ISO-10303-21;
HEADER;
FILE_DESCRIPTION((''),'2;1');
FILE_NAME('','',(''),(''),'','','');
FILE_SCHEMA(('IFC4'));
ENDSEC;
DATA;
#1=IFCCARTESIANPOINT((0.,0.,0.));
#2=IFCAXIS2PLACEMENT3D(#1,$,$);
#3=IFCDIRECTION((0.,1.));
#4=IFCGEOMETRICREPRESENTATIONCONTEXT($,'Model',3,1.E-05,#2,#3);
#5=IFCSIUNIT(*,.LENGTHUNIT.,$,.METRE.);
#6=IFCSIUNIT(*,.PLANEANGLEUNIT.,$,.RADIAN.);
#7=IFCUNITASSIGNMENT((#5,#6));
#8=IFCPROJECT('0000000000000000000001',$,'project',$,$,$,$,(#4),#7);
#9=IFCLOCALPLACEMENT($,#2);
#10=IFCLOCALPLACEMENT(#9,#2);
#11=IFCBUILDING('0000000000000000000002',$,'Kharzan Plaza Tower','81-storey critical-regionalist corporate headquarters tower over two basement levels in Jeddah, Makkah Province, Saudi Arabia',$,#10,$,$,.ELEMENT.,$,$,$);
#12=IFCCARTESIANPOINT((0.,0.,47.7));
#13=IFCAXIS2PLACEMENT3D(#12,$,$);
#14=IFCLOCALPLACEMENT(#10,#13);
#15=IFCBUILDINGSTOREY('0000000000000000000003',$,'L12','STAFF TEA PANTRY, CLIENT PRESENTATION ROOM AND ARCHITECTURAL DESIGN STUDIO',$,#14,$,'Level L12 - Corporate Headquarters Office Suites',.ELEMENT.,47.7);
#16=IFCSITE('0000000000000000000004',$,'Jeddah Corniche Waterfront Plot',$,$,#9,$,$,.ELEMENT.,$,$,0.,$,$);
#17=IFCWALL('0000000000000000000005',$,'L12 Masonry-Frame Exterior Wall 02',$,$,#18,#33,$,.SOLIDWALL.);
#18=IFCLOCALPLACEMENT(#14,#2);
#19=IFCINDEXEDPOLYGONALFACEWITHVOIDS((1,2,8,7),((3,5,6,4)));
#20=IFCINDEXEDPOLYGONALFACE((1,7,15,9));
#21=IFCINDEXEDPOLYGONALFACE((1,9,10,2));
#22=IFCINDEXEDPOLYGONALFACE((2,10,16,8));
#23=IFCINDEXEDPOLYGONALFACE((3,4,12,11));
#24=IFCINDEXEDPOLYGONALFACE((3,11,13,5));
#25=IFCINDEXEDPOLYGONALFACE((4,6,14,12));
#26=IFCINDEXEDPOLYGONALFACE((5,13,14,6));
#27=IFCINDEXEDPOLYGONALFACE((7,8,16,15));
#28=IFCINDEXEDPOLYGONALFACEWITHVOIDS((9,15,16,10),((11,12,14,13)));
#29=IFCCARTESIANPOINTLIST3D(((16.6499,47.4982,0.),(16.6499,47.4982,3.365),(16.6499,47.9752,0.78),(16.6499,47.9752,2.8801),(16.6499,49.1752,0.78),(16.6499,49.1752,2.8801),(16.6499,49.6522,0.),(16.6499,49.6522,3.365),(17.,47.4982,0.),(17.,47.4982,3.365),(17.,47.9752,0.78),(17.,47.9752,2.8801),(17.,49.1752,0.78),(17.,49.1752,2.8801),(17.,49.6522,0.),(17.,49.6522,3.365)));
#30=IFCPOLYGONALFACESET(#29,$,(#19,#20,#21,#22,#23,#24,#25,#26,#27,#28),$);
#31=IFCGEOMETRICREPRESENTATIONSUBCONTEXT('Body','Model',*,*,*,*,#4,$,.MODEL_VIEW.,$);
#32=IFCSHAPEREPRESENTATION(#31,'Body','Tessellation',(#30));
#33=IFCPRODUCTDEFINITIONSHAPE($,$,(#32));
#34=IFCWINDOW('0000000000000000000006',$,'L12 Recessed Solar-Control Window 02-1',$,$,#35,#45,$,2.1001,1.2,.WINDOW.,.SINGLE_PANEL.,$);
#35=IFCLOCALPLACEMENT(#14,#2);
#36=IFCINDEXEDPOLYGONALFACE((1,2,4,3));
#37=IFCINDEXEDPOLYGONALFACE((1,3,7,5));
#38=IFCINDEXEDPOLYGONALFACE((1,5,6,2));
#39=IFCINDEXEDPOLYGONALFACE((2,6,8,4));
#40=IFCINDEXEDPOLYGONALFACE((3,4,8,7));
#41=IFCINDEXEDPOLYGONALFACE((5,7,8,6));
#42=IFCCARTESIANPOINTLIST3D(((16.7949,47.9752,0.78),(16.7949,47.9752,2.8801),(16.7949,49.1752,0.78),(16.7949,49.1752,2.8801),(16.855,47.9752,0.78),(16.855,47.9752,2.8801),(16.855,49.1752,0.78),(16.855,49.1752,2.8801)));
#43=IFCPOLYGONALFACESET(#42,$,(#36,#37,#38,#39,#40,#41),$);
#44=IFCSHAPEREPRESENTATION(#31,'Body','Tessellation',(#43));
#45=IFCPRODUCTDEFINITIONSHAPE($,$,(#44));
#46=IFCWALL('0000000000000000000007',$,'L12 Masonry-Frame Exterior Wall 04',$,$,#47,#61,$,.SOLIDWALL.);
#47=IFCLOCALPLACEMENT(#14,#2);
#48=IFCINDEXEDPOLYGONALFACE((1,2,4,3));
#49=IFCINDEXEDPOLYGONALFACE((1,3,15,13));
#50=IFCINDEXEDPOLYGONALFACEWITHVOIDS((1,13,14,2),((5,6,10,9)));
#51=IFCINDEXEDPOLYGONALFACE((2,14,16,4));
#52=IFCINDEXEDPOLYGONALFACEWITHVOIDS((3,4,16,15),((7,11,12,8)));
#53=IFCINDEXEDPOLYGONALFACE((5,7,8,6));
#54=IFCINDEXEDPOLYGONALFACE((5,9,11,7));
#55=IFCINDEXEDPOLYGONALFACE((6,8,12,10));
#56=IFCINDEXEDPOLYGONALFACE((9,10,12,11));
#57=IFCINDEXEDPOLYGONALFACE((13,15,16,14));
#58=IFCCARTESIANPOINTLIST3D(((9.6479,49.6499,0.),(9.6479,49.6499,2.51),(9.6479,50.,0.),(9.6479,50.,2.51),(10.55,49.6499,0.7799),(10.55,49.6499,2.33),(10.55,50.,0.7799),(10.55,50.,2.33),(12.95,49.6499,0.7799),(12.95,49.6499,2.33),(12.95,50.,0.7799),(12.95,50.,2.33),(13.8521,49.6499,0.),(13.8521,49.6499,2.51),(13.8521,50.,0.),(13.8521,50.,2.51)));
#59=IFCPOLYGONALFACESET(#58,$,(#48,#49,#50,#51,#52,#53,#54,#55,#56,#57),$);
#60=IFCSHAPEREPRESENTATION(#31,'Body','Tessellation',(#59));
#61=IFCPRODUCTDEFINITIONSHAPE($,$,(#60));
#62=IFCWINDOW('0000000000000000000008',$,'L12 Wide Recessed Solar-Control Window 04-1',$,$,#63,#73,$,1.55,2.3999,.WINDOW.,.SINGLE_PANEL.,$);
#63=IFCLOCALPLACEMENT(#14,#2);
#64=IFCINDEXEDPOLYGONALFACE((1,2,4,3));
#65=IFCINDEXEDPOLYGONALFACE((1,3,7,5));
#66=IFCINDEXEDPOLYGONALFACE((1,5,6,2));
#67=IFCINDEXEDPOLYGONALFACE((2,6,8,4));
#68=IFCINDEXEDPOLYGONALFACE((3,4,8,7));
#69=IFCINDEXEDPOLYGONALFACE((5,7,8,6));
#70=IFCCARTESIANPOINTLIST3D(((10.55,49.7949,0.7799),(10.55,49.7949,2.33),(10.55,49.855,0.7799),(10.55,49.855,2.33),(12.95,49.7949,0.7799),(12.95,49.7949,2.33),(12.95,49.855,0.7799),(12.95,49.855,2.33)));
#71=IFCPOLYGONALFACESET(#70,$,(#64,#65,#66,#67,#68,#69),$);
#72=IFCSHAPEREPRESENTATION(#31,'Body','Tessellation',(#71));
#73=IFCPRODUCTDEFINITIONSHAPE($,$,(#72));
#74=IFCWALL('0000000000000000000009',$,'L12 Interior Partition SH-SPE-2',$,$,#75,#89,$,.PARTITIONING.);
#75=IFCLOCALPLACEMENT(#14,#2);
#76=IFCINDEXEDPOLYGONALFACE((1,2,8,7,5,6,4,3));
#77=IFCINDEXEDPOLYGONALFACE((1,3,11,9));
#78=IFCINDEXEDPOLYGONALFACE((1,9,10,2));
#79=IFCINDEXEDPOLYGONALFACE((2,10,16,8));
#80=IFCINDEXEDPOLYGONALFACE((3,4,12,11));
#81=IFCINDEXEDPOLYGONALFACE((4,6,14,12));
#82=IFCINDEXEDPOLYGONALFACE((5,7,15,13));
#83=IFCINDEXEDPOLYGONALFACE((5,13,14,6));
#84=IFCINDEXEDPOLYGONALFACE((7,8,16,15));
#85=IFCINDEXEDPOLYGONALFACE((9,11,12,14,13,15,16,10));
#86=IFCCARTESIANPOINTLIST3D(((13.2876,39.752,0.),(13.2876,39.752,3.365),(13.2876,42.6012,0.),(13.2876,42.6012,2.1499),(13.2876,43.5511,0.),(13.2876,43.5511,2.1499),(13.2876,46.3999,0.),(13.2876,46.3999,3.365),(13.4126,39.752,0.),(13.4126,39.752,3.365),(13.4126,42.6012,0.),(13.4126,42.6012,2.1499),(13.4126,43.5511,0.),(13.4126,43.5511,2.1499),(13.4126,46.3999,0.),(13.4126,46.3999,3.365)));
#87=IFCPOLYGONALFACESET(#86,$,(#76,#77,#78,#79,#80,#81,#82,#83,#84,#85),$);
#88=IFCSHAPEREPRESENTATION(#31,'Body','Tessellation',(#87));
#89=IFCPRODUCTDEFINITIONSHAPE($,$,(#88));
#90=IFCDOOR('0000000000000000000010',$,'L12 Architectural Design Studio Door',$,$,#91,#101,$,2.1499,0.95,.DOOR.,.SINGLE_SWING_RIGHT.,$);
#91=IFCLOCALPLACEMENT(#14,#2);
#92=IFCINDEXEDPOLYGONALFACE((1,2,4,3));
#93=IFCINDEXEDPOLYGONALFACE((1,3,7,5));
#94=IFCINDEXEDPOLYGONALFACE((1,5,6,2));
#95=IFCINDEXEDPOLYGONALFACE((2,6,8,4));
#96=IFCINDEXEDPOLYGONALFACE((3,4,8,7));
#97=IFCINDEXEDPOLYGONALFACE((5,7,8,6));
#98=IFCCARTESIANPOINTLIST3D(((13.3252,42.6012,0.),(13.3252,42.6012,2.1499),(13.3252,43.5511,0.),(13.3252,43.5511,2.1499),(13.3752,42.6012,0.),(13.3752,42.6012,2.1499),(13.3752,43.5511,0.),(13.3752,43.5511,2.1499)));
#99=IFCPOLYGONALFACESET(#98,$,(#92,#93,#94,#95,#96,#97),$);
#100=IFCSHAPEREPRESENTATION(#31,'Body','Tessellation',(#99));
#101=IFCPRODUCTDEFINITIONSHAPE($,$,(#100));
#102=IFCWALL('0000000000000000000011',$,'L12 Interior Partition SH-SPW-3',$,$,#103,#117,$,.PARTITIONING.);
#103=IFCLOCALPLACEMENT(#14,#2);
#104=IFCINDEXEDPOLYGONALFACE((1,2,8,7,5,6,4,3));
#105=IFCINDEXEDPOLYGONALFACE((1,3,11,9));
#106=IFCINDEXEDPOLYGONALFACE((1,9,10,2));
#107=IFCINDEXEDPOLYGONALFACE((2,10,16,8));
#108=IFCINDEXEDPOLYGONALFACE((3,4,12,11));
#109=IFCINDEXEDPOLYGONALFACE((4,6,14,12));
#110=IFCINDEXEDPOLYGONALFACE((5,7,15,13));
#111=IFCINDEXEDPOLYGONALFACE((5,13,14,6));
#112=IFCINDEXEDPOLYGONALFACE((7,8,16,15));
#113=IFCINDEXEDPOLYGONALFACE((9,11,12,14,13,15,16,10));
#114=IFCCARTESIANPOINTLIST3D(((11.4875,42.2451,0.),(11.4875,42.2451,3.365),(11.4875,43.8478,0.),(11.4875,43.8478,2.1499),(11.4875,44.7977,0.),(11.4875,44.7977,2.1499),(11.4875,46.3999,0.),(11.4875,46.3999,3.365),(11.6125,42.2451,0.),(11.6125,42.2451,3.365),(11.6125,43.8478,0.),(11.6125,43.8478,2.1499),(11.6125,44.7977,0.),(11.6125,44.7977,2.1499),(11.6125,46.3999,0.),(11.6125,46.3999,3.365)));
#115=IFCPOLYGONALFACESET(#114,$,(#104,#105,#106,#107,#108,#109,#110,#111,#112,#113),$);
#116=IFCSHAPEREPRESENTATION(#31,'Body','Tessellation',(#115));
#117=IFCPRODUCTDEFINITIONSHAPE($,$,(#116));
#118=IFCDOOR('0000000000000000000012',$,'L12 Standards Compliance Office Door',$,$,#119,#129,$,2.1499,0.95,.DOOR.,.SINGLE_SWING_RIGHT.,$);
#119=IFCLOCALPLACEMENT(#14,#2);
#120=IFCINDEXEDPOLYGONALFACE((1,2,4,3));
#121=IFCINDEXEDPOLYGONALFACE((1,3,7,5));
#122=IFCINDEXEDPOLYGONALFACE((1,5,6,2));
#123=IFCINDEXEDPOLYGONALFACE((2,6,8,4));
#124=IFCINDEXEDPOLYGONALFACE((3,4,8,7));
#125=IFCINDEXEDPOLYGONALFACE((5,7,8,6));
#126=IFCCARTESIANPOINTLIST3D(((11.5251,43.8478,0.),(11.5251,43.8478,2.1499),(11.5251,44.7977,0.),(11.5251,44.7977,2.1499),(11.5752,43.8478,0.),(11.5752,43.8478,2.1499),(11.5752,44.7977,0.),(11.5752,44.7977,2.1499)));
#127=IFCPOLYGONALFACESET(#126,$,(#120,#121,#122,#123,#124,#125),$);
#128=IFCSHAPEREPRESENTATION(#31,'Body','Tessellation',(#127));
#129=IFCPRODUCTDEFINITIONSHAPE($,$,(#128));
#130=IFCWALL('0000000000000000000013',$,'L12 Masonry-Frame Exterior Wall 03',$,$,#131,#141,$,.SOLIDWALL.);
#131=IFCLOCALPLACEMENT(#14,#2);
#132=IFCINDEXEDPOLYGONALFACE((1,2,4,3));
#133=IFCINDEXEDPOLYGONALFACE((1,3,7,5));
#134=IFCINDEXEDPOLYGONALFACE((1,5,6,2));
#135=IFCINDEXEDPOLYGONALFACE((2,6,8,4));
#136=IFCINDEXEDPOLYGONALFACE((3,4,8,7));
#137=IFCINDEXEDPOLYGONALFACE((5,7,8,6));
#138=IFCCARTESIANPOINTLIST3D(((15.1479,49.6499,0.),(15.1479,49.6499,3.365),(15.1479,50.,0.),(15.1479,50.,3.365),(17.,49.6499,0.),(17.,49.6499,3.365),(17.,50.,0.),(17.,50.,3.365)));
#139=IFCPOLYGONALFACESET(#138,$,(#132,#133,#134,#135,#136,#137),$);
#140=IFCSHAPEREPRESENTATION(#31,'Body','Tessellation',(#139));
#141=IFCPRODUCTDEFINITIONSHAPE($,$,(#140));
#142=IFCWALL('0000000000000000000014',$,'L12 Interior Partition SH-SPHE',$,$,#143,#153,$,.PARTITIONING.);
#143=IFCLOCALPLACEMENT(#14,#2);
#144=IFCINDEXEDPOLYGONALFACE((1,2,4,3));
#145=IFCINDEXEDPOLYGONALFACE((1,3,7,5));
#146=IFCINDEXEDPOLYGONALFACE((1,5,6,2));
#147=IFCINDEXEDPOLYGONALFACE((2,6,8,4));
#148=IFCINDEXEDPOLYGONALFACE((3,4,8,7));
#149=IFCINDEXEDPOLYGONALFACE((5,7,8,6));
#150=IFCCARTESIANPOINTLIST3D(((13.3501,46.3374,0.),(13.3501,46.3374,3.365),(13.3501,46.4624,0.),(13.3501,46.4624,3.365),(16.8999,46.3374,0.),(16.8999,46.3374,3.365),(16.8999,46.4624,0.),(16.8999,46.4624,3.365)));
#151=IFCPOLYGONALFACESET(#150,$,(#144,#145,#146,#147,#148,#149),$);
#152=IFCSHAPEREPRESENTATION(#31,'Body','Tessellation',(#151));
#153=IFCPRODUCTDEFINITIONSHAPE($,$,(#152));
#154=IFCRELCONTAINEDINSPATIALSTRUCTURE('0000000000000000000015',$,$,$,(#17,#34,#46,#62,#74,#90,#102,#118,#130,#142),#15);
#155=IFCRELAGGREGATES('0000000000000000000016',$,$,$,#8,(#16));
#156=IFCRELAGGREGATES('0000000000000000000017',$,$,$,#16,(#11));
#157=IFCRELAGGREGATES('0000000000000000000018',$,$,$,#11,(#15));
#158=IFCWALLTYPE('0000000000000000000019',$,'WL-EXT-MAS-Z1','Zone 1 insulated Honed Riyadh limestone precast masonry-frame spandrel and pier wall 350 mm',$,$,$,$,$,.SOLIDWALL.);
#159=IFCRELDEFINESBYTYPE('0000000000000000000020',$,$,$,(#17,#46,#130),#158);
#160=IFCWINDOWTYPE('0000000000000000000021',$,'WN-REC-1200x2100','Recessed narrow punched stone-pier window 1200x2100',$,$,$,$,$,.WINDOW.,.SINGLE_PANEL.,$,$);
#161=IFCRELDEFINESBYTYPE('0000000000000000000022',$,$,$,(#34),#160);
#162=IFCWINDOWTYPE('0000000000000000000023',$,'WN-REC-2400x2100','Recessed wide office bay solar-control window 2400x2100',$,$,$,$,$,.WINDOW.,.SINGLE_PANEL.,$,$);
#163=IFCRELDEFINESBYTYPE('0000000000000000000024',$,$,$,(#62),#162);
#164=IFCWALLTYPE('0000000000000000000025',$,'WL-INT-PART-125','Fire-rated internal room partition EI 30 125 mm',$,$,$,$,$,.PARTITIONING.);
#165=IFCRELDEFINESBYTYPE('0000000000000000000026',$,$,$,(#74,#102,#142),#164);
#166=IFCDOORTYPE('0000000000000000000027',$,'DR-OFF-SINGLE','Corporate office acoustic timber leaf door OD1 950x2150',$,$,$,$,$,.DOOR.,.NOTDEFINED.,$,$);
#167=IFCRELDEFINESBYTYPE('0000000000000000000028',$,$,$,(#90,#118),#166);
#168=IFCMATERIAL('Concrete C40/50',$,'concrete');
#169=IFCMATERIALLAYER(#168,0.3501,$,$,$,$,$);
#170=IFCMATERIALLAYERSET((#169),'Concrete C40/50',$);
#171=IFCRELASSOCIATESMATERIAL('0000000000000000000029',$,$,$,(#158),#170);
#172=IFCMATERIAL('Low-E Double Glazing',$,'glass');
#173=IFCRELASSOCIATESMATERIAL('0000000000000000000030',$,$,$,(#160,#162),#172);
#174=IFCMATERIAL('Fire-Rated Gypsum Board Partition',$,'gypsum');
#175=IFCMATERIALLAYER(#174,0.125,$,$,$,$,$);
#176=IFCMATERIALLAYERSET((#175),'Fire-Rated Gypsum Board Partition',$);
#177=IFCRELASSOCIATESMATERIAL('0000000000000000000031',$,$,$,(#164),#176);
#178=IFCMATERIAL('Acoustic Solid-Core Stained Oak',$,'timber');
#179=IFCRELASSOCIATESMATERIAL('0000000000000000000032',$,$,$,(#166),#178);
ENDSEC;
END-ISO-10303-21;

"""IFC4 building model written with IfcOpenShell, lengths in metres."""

from ifc_helpers import new_model, si_unit, direction, frame, frame_2d, origin, place, context, subcontext, project, spatial, rectangle, extrude, source, transform, mapped, material, layer, layer_set, type_object, element, fill, save


model = new_model("IFC4")

# Units and contexts
model_context = context("Model", 3, precision=1e-05, world=origin(), true_north=direction((0.0, 1.0)))
body_context = subcontext(model_context, "Body", "Model", "MODEL_VIEW")
ifc_project = project(units=[si_unit("LENGTHUNIT", "METRE"), si_unit("PLANEANGLEUNIT", "RADIAN")], contexts=[model_context])

# Site, building, storey
site_placement = place(None, origin())
site = spatial("IfcSite", under=ifc_project, at=site_placement, Name="Jeddah Corniche Waterfront Plot", CompositionType="ELEMENT", RefElevation=0.0)
building_placement = place(site_placement, origin())
building = spatial("IfcBuilding", under=site, at=building_placement, Name="Kharzan Plaza Tower", Description="81-storey critical-regionalist corporate headquarters tower over two basement levels in Jeddah, Makkah Province, Saudi Arabia", CompositionType="ELEMENT")
storey_placement = place(building_placement, frame((0.0, 0.0, 47.7)))
storey = spatial("IfcBuildingStorey", under=building, at=storey_placement, Name="L12", Description="STAFF TEA PANTRY, CLIENT PRESENTATION ROOM AND ARCHITECTURAL DESIGN STUDIO", LongName="Level L12 - Corporate Headquarters Office Suites", CompositionType="ELEMENT", Elevation=47.7)

# Walls, openings, windows
ifc_material_1 = material(Name="Concrete C40/50", Category="concrete")
ifc_layer_1 = layer(ifc_material_1, 0.3501)
ifc_layer_set_1 = layer_set([ifc_layer_1], Name="Concrete C40/50")
wall_type_1 = type_object("IfcWallType", Name="WL-EXT-MAS-Z1", Description="Zone 1 insulated Honed Riyadh limestone precast masonry-frame spandrel and pier wall 350 mm", PredefinedType="SOLIDWALL", material=ifc_layer_set_1)
wall_1_placement = place(storey_placement, frame((16.825, 47.498, 0.0), z_axis=(0.0, 0.0, 1.0), x_axis=(0.0, 1.0, 0.0)))
wall_1 = element("IfcWall", 1, at=wall_1_placement, inside=storey, type_object=wall_type_1, Name="L12 Masonry-Frame Exterior Wall 02", PredefinedType="SOLIDWALL", context=body_context, shape_type="SweptSolid", body=[
    extrude(rectangle(XDim=2.1541, YDim=0.3501, at=frame_2d((1.0771, 0.0))), origin(), (0.0, 0.0, 1.0), 3.365),
])
opening_1_placement = place(wall_1_placement, frame((0.4771, 0.0, 0.78)))
opening_1 = element("IfcOpeningElement", 2, at=opening_1_placement, cuts=wall_1, PredefinedType="OPENING", context=body_context, shape_type="SweptSolid", body=[
    extrude(rectangle(XDim=1.2, YDim=2.1001, at=frame_2d((0.6001, 1.05))), frame((0.0, 0.1851, 0.0), z_axis=(0.0, -1.0, 0.0), x_axis=(1.0, 0.0, 0.0)), (0.0, 0.0, 1.0), 0.3701),
])
ifc_material_2 = material(Name="Low-E Double Glazing", Category="glass")
window_type_1 = type_object("IfcWindowType", Name="WN-REC-1200x2100", Description="Recessed narrow punched stone-pier window 1200x2100", PartitioningType="SINGLE_PANEL", PredefinedType="WINDOW", material=ifc_material_2)
shared_shape_1 = source(origin(), body_context, "Body", "SweptSolid", [
    extrude(rectangle(XDim=1.2, YDim=2.1001, at=frame_2d((0.6001, 1.05))), frame((0.0, 0.03, 0.0), z_axis=(0.0, -1.0, 0.0), x_axis=(1.0, 0.0, 0.0)), (0.0, 0.0, 1.0), 0.0601),
])
window_1_placement = place(opening_1_placement, origin())
window_1 = element("IfcWindow", 3, at=window_1_placement, inside=storey, type_object=window_type_1, Name="L12 Recessed Solar-Control Window 02-1", OverallHeight=2.1001, OverallWidth=1.2, PartitioningType="SINGLE_PANEL", PredefinedType="WINDOW", context=body_context, shape_type="MappedRepresentation", body=[
    mapped(shared_shape_1, transform((0.0, 0.0, 0.0), x_axis=(1.0, 0.0, 0.0), y_axis=(0.0, 1.0, 0.0), z_axis=(0.0, 0.0, 1.0))),
])
fill(opening_1, window_1)
wall_2_placement = place(storey_placement, frame((13.8521, 49.825, 0.0), z_axis=(0.0, 0.0, 1.0), x_axis=(-1.0, 0.0, 0.0)))
wall_2 = element("IfcWall", 4, at=wall_2_placement, inside=storey, type_object=wall_type_1, Name="L12 Masonry-Frame Exterior Wall 04", PredefinedType="SOLIDWALL", context=body_context, shape_type="SweptSolid", body=[
    extrude(rectangle(XDim=4.2041, YDim=0.3501, at=frame_2d((2.1021, 0.0))), origin(), (0.0, 0.0, 1.0), 2.51),
])
opening_2_placement = place(wall_2_placement, frame((0.9021, 0.0, 0.78)))
opening_2 = element("IfcOpeningElement", 5, at=opening_2_placement, cuts=wall_2, PredefinedType="OPENING", context=body_context, shape_type="SweptSolid", body=[
    extrude(rectangle(XDim=2.3999, YDim=1.55, at=frame_2d((1.2, 0.7749))), frame((0.0, 0.1851, 0.0), z_axis=(0.0, -1.0, 0.0), x_axis=(1.0, 0.0, 0.0)), (0.0, 0.0, 1.0), 0.3701),
])
window_type_2 = type_object("IfcWindowType", Name="WN-REC-2400x2100", Description="Recessed wide office bay solar-control window 2400x2100", PartitioningType="SINGLE_PANEL", PredefinedType="WINDOW", material=ifc_material_2)
shared_shape_2 = source(origin(), body_context, "Body", "SweptSolid", [
    extrude(rectangle(XDim=2.3999, YDim=1.55, at=frame_2d((1.2, 0.7749))), frame((0.0, 0.03, 0.0), z_axis=(0.0, -1.0, 0.0), x_axis=(1.0, 0.0, 0.0)), (0.0, 0.0, 1.0), 0.0601),
])
window_2_placement = place(opening_2_placement, origin())
window_2 = element("IfcWindow", 6, at=window_2_placement, inside=storey, type_object=window_type_2, Name="L12 Wide Recessed Solar-Control Window 04-1", OverallHeight=1.55, OverallWidth=2.3999, PartitioningType="SINGLE_PANEL", PredefinedType="WINDOW", context=body_context, shape_type="MappedRepresentation", body=[
    mapped(shared_shape_2, transform((0.0, 0.0, 0.0), x_axis=(1.0, 0.0, 0.0), y_axis=(0.0, 1.0, 0.0), z_axis=(0.0, 0.0, 1.0))),
])
fill(opening_2, window_2)

# Walls, openings, doors
ifc_material_3 = material(Name="Fire-Rated Gypsum Board Partition", Category="gypsum")
ifc_layer_2 = layer(ifc_material_3, 0.125)
ifc_layer_set_2 = layer_set([ifc_layer_2], Name="Fire-Rated Gypsum Board Partition")
wall_type_2 = type_object("IfcWallType", Name="WL-INT-PART-125", Description="Fire-rated internal room partition EI 30 125 mm", PredefinedType="PARTITIONING", material=ifc_layer_set_2)
wall_3_placement = place(storey_placement, frame((13.3501, 39.752, 0.0), z_axis=(0.0, 0.0, 1.0), x_axis=(0.0, 1.0, 0.0)))
wall_3 = element("IfcWall", 7, at=wall_3_placement, inside=storey, type_object=wall_type_2, Name="L12 Interior Partition SH-SPE-2", PredefinedType="PARTITIONING", context=body_context, shape_type="SweptSolid", body=[
    extrude(rectangle(XDim=6.6479, YDim=0.125, at=frame_2d((3.324, 0.0))), origin(), (0.0, 0.0, 1.0), 3.365),
])
opening_3_placement = place(wall_3_placement, frame((2.8491, 0.0, 0.0)))
opening_3 = element("IfcOpeningElement", 8, at=opening_3_placement, cuts=wall_3, PredefinedType="OPENING", context=body_context, shape_type="SweptSolid", body=[
    extrude(rectangle(XDim=0.95, YDim=2.1499, at=frame_2d((0.4751, 1.075))), frame((0.0, 0.0725, 0.0), z_axis=(0.0, -1.0, 0.0), x_axis=(1.0, 0.0, 0.0)), (0.0, 0.0, 1.0), 0.145),
])
ifc_material_4 = material(Name="Acoustic Solid-Core Stained Oak", Category="timber")
door_type = type_object("IfcDoorType", Name="DR-OFF-SINGLE", Description="Corporate office acoustic timber leaf door OD1 950x2150", OperationType="NOTDEFINED", PredefinedType="DOOR", material=ifc_material_4)
shared_shape_3 = source(origin(), body_context, "Body", "SweptSolid", [
    extrude(rectangle(XDim=0.95, YDim=2.1499, at=frame_2d((0.4751, 1.075))), frame((0.0, 0.0249, 0.0), z_axis=(0.0, -1.0, 0.0), x_axis=(1.0, 0.0, 0.0)), (0.0, 0.0, 1.0), 0.05),
])
door_1_placement = place(opening_3_placement, origin())
door_1 = element("IfcDoor", 9, at=door_1_placement, inside=storey, type_object=door_type, Name="L12 Architectural Design Studio Door", OperationType="SINGLE_SWING_RIGHT", OverallHeight=2.1499, OverallWidth=0.95, PredefinedType="DOOR", context=body_context, shape_type="MappedRepresentation", body=[
    mapped(shared_shape_3, transform((0.0, 0.0, 0.0), x_axis=(1.0, 0.0, 0.0), y_axis=(0.0, 1.0, 0.0), z_axis=(0.0, 0.0, 1.0))),
])
fill(opening_3, door_1)
wall_4_placement = place(storey_placement, frame((11.55, 42.2451, 0.0), z_axis=(0.0, 0.0, 1.0), x_axis=(0.0, 1.0, 0.0)))
wall_4 = element("IfcWall", 10, at=wall_4_placement, inside=storey, type_object=wall_type_2, Name="L12 Interior Partition SH-SPW-3", PredefinedType="PARTITIONING", context=body_context, shape_type="SweptSolid", body=[
    extrude(rectangle(XDim=4.1548, YDim=0.125, at=frame_2d((2.0774, 0.0))), origin(), (0.0, 0.0, 1.0), 3.365),
])
opening_4_placement = place(wall_4_placement, frame((1.6025, 0.0, 0.0)))
opening_4 = element("IfcOpeningElement", 11, at=opening_4_placement, cuts=wall_4, PredefinedType="OPENING", context=body_context, shape_type="SweptSolid", body=[
    extrude(rectangle(XDim=0.95, YDim=2.1499, at=frame_2d((0.4751, 1.075))), frame((0.0, 0.0725, 0.0), z_axis=(0.0, -1.0, 0.0), x_axis=(1.0, 0.0, 0.0)), (0.0, 0.0, 1.0), 0.145),
])
door_2_placement = place(opening_4_placement, origin())
door_2 = element("IfcDoor", 12, at=door_2_placement, inside=storey, type_object=door_type, Name="L12 Standards Compliance Office Door", OperationType="SINGLE_SWING_RIGHT", OverallHeight=2.1499, OverallWidth=0.95, PredefinedType="DOOR", context=body_context, shape_type="MappedRepresentation", body=[
    mapped(shared_shape_3, transform((0.0, 0.0, 0.0), x_axis=(1.0, 0.0, 0.0), y_axis=(0.0, 1.0, 0.0), z_axis=(0.0, 0.0, 1.0))),
])
fill(opening_4, door_2)

# Walls
shared_shape_4 = source(origin(), body_context, "Body", "SweptSolid", [
    extrude(rectangle(XDim=1.8521, YDim=0.3501, at=frame_2d((0.926, 0.0))), origin(), (0.0, 0.0, 1.0), 3.365),
])
wall_5_placement = place(storey_placement, frame((17.0, 49.825, 0.0), z_axis=(0.0, 0.0, 1.0), x_axis=(-1.0, 0.0, 0.0)))
element("IfcWall", 13, at=wall_5_placement, inside=storey, type_object=wall_type_1, Name="L12 Masonry-Frame Exterior Wall 03", PredefinedType="SOLIDWALL", context=body_context, shape_type="MappedRepresentation", body=[
    mapped(shared_shape_4, transform((0.0, 0.0, 0.0), x_axis=(1.0, 0.0, 0.0), y_axis=(0.0, 1.0, 0.0), z_axis=(0.0, 0.0, 1.0))),
])
shared_shape_5 = source(origin(), body_context, "Body", "SweptSolid", [
    extrude(rectangle(XDim=3.5498, YDim=0.125, at=frame_2d((1.7749, 0.0))), origin(), (0.0, 0.0, 1.0), 3.365),
])
wall_6_placement = place(storey_placement, frame((13.3501, 46.3999, 0.0), z_axis=(0.0, 0.0, 1.0), x_axis=(1.0, 0.0, 0.0)))
element("IfcWall", 14, at=wall_6_placement, inside=storey, type_object=wall_type_2, Name="L12 Interior Partition SH-SPHE", PredefinedType="PARTITIONING", context=body_context, shape_type="MappedRepresentation", body=[
    mapped(shared_shape_5, transform((0.0, 0.0, 0.0), x_axis=(1.0, 0.0, 0.0), y_axis=(0.0, 1.0, 0.0), z_axis=(0.0, 0.0, 1.0))),
])

save(model, "model.ifc")
